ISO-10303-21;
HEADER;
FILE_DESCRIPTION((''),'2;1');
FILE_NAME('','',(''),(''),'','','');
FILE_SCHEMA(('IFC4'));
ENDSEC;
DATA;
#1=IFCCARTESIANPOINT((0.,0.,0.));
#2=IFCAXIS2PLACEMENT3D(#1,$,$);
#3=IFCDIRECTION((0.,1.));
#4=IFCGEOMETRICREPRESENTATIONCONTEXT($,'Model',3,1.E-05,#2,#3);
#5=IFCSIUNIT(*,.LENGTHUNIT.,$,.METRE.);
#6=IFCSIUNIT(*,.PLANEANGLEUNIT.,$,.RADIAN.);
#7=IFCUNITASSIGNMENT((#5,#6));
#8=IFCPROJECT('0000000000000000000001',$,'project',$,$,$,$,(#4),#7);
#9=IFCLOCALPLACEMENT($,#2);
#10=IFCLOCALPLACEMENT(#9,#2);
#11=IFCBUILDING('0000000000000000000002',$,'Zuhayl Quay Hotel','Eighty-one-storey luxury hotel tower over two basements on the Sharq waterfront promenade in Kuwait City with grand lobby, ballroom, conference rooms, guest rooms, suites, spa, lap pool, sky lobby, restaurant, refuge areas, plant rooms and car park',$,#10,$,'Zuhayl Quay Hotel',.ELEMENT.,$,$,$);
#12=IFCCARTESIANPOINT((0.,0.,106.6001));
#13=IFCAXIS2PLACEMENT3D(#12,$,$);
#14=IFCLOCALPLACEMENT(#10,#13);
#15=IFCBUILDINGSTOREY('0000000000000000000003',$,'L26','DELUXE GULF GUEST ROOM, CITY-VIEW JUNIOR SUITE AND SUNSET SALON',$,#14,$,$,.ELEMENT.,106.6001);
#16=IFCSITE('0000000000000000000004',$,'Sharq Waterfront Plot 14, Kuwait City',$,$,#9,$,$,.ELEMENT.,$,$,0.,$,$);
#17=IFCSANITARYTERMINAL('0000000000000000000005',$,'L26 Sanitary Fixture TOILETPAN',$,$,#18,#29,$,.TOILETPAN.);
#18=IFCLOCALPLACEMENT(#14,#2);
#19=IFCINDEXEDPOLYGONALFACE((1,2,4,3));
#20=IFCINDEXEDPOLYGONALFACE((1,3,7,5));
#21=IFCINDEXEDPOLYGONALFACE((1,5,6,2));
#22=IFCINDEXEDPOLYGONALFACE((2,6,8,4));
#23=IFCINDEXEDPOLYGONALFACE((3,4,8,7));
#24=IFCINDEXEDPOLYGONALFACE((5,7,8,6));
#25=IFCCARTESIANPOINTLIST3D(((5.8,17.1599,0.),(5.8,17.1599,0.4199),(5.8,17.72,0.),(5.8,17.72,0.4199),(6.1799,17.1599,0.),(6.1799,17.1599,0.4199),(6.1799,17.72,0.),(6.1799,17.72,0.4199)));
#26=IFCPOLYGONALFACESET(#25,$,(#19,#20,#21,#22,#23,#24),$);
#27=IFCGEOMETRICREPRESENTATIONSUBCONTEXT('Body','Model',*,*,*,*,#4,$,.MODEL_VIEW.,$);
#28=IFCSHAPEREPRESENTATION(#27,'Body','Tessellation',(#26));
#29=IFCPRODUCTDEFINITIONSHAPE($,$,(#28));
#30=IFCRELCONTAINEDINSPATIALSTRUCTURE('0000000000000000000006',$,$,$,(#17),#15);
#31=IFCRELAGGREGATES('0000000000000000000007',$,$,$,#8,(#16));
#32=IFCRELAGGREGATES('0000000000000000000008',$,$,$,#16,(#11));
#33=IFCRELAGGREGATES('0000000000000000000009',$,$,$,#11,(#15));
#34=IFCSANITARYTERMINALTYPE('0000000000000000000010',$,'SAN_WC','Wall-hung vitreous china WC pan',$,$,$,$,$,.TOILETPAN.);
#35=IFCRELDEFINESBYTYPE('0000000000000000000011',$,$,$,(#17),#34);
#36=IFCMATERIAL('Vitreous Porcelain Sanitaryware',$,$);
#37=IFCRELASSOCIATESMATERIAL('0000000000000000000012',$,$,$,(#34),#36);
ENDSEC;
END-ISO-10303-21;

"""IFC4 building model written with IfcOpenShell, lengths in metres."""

from ifc_helpers import new_model, si_unit, direction, frame, origin, origin_2d, place, context, subcontext, project, spatial, rectangle, extrude, material, type_object, element, save


model = new_model("IFC4")

# Units and contexts
model_context = context("Model", 3, precision=1e-05, world=origin(), true_north=direction((0.0, 1.0)))
body_context = subcontext(model_context, "Body", "Model", "MODEL_VIEW")
ifc_project = project(units=[si_unit("LENGTHUNIT", "METRE"), si_unit("PLANEANGLEUNIT", "RADIAN")], contexts=[model_context])

# Site, building, storey
site_placement = place(None, origin())
site = spatial("IfcSite", under=ifc_project, at=site_placement, Name="Sharq Waterfront Plot 14, Kuwait City", CompositionType="ELEMENT", RefElevation=0.0)
building_placement = place(site_placement, origin())
building = spatial("IfcBuilding", under=site, at=building_placement, Name="Zuhayl Quay Hotel", Description="Eighty-one-storey luxury hotel tower over two basements on the Sharq waterfront promenade in Kuwait City with grand lobby, ballroom, conference rooms, guest rooms, suites, spa, lap pool, sky lobby, restaurant, refuge areas, plant rooms and car park", LongName="Zuhayl Quay Hotel", CompositionType="ELEMENT")
storey_placement = place(building_placement, frame((0.0, 0.0, 106.6001)))
storey = spatial("IfcBuildingStorey", under=building, at=storey_placement, Name="L26", Description="DELUXE GULF GUEST ROOM, CITY-VIEW JUNIOR SUITE AND SUNSET SALON", CompositionType="ELEMENT", Elevation=106.6001)

# Sanitary terminal
ifc_material_1 = material(Name="Vitreous Porcelain Sanitaryware")
sanitary_terminal_type_1 = type_object("IfcSanitaryTerminalType", Name="SAN_WC", Description="Wall-hung vitreous china WC pan", PredefinedType="TOILETPAN", material=ifc_material_1)
sanitary_terminal_placement = place(storey_placement, frame((5.99, 17.4399, 0.0), z_axis=(0.0, 0.0, 1.0), x_axis=(1.0, 0.0, 0.0)))
element("IfcSanitaryTerminal", 1, at=sanitary_terminal_placement, inside=storey, type_object=sanitary_terminal_type_1, Name="L26 Sanitary Fixture TOILETPAN", PredefinedType="TOILETPAN", context=body_context, shape_type="SweptSolid", body=[
    extrude(rectangle(XDim=0.3799, YDim=0.5601, at=origin_2d()), origin(), (0.0, 0.0, 1.0), 0.4199),
])

save(model, "model.ifc")
